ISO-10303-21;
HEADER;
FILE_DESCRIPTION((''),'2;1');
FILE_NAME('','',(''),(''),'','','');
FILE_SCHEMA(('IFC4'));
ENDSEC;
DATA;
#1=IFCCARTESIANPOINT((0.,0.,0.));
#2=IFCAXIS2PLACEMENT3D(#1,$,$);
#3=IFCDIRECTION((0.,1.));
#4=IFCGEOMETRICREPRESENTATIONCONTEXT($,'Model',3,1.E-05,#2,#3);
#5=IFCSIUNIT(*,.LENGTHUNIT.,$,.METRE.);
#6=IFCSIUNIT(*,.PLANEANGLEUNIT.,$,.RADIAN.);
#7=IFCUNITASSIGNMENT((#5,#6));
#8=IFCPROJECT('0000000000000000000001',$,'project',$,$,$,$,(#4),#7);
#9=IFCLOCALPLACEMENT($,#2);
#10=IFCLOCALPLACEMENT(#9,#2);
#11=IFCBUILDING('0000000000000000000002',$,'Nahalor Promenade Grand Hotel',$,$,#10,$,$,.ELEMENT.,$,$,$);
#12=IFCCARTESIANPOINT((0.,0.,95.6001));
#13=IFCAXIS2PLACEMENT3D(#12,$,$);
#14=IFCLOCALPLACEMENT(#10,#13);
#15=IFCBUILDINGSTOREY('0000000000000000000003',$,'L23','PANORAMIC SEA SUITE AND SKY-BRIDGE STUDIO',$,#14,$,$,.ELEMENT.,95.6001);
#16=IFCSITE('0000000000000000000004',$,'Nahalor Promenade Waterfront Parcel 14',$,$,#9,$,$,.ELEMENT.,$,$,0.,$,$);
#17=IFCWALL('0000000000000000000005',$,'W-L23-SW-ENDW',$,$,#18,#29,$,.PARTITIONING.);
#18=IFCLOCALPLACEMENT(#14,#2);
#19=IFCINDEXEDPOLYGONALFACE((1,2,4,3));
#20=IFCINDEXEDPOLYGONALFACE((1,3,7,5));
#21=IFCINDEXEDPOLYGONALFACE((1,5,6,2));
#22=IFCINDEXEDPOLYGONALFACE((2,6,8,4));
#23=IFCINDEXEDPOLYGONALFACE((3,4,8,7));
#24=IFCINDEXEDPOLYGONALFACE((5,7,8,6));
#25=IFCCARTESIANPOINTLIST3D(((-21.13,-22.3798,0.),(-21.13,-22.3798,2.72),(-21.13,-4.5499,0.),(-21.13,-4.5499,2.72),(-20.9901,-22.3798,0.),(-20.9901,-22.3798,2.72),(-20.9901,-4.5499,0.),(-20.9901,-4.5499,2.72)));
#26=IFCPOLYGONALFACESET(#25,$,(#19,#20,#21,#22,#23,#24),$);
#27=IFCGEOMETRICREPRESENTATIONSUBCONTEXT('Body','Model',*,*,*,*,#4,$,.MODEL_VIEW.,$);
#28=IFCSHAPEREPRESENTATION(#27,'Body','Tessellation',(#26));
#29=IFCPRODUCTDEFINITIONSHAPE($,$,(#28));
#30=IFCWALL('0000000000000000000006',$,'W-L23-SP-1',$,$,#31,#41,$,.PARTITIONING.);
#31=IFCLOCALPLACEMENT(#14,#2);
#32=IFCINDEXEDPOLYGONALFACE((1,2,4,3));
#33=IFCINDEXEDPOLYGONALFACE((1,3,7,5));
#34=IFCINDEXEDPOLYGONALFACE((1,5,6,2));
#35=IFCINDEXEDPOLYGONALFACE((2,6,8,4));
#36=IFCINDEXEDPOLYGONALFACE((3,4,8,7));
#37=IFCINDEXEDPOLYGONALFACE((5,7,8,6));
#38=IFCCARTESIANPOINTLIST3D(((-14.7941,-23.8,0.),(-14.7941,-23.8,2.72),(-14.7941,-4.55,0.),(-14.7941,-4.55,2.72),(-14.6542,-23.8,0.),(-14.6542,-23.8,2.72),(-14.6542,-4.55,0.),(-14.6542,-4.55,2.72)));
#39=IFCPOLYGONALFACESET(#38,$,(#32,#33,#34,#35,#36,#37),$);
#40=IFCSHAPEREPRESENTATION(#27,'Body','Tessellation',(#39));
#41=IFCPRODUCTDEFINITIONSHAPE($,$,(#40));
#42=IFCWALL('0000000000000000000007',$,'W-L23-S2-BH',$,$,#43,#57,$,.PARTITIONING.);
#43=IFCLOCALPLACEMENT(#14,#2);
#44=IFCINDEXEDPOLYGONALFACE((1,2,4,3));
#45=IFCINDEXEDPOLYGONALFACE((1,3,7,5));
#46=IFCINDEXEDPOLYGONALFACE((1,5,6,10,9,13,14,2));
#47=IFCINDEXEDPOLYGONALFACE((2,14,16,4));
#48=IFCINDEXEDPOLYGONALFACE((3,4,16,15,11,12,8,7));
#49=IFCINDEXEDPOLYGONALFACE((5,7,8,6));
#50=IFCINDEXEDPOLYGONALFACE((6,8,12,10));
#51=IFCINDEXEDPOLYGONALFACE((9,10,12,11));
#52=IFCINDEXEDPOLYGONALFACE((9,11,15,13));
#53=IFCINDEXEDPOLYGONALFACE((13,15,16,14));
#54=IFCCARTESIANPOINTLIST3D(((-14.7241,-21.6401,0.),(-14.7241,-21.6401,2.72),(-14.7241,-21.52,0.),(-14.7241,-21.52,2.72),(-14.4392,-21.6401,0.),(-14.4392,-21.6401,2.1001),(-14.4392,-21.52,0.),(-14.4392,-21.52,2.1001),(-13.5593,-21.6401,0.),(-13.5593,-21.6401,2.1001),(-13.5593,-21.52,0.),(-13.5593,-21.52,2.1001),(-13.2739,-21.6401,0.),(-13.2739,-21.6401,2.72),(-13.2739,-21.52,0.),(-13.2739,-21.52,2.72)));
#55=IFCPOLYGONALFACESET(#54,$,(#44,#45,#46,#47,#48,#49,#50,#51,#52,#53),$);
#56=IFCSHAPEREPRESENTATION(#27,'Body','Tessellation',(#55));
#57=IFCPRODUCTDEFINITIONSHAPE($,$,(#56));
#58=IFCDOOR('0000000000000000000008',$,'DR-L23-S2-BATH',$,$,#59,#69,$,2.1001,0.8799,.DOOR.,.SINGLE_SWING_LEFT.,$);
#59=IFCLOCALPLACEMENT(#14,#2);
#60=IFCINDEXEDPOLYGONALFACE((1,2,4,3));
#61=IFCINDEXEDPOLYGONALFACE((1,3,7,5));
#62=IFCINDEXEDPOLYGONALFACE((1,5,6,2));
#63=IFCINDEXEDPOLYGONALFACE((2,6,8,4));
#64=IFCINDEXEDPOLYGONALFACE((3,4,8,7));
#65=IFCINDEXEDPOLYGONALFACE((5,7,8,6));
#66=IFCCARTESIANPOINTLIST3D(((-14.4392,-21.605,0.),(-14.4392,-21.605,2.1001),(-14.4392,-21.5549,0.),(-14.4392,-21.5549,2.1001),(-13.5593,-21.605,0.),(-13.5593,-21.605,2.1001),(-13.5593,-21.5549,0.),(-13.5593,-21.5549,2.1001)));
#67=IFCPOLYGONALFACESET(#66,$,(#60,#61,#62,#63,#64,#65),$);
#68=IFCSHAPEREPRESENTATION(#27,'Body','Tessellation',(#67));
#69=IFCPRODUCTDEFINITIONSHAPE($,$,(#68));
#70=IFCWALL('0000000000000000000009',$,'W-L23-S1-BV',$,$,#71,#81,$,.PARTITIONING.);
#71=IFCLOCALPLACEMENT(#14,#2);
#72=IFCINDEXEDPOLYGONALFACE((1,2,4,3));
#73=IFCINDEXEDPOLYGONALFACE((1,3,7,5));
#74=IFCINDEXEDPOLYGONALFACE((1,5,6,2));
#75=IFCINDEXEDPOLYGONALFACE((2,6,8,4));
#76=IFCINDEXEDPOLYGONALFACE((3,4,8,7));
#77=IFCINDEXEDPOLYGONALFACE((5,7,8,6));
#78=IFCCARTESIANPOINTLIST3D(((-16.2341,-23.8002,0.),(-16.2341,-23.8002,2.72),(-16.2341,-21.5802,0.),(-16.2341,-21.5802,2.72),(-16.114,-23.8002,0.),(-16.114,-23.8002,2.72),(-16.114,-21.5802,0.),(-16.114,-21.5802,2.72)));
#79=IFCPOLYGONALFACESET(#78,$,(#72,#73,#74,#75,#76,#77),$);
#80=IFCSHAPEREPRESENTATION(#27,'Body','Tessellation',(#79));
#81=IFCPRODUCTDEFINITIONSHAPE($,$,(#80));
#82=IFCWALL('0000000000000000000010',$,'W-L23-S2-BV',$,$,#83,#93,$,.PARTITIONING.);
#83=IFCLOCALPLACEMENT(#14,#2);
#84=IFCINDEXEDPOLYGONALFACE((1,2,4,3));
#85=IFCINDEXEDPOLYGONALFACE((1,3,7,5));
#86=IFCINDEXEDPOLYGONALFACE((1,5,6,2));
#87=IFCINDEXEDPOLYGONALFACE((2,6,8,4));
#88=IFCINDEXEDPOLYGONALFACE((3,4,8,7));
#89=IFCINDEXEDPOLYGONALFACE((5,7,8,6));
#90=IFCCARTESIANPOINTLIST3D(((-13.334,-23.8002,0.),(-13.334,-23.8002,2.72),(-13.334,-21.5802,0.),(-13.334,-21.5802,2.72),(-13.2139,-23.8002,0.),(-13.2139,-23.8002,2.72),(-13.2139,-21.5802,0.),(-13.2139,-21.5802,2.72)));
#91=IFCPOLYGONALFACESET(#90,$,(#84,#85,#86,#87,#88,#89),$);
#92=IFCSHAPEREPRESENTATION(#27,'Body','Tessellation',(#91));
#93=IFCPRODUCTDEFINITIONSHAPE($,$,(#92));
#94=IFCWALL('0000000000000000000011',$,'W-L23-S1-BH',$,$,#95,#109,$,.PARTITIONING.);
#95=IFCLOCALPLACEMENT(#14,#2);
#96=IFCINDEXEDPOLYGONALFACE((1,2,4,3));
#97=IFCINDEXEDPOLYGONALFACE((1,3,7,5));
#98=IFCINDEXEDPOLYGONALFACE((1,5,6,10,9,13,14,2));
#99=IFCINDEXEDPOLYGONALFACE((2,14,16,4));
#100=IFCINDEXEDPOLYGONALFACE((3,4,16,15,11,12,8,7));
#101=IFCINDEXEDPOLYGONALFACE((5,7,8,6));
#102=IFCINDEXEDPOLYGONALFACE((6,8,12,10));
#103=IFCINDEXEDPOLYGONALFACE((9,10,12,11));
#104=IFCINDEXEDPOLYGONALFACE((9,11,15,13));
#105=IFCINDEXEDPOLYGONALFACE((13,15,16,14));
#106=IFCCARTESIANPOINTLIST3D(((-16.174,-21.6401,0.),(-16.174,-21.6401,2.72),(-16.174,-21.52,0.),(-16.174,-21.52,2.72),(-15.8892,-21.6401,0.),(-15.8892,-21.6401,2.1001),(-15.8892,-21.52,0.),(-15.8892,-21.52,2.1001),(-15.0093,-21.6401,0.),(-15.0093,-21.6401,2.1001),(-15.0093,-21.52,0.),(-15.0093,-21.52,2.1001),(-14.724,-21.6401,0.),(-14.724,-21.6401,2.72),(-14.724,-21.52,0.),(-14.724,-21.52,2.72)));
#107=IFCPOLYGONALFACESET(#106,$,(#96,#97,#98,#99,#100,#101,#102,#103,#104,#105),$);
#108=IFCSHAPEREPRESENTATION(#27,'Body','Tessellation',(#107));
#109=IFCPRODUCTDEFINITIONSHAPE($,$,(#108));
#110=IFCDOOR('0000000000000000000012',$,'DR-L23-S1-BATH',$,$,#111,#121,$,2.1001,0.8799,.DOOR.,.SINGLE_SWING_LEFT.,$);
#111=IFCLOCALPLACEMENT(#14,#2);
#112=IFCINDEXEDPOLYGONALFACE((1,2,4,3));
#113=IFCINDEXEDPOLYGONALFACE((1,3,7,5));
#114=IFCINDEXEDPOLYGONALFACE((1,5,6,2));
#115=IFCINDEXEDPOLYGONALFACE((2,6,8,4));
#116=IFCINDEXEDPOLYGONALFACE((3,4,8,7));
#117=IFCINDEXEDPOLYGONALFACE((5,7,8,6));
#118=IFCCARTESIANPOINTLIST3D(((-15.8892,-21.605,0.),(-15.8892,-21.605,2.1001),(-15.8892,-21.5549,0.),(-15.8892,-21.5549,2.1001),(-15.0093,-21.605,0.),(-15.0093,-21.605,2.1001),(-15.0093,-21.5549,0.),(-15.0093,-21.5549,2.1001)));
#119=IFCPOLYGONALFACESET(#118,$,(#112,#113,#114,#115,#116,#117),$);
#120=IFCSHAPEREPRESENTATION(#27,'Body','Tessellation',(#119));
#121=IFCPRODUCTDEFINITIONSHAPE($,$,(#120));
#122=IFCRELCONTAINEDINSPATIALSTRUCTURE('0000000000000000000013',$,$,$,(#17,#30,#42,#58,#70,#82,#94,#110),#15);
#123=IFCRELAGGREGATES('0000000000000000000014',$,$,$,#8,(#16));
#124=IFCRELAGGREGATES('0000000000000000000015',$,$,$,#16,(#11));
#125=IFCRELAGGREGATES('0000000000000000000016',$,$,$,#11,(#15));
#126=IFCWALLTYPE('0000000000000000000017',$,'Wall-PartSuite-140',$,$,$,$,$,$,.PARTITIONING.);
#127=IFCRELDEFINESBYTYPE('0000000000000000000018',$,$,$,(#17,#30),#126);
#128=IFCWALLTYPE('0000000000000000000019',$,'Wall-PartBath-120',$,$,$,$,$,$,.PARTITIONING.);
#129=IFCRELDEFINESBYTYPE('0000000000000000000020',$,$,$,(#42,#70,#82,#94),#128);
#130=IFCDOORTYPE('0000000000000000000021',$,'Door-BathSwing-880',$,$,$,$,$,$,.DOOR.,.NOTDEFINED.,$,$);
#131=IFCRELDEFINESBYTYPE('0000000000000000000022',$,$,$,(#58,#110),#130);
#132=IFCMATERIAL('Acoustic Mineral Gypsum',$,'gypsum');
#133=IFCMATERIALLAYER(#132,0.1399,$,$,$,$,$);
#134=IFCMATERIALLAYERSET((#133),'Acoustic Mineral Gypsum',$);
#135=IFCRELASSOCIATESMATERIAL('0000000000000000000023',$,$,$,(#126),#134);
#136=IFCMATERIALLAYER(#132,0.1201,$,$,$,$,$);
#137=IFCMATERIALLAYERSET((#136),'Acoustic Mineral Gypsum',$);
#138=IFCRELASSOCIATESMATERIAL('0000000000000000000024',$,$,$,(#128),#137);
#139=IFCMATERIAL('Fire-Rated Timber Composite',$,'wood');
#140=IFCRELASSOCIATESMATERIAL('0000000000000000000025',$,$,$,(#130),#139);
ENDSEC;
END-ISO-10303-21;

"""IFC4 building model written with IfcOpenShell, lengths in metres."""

from ifc_helpers import new_model, si_unit, direction, frame, frame_2d, origin, place, context, subcontext, project, spatial, rectangle, extrude, source, transform, mapped, material, layer, layer_set, type_object, element, fill, save


model = new_model("IFC4")

# Units and contexts
model_context = context("Model", 3, precision=1e-05, world=origin(), true_north=direction((0.0, 1.0)))
body_context = subcontext(model_context, "Body", "Model", "MODEL_VIEW")
ifc_project = project(units=[si_unit("LENGTHUNIT", "METRE"), si_unit("PLANEANGLEUNIT", "RADIAN")], contexts=[model_context])

# Site, building, storey
site_placement = place(None, origin())
site = spatial("IfcSite", under=ifc_project, at=site_placement, Name="Nahalor Promenade Waterfront Parcel 14", CompositionType="ELEMENT", RefElevation=0.0)
building_placement = place(site_placement, origin())
building = spatial("IfcBuilding", under=site, at=building_placement, Name="Nahalor Promenade Grand Hotel", CompositionType="ELEMENT")
storey_placement = place(building_placement, frame((0.0, 0.0, 95.6001)))
storey = spatial("IfcBuildingStorey", under=building, at=storey_placement, Name="L23", Description="PANORAMIC SEA SUITE AND SKY-BRIDGE STUDIO", CompositionType="ELEMENT", Elevation=95.6001)

# Walls
ifc_material_1 = material(Name="Acoustic Mineral Gypsum", Category="gypsum")
ifc_layer_1 = layer(ifc_material_1, 0.1399)
ifc_layer_set_1 = layer_set([ifc_layer_1], Name="Acoustic Mineral Gypsum")
wall_type_1 = type_object("IfcWallType", Name="Wall-PartSuite-140", PredefinedType="PARTITIONING", material=ifc_layer_set_1)
shared_shape_1 = source(origin(), body_context, "Body", "SweptSolid", [
    extrude(rectangle(XDim=17.8298, YDim=0.1399, at=frame_2d((8.915, 0.0))), origin(), (0.0, 0.0, 1.0), 2.72),
])
wall_1_placement = place(storey_placement, frame((-21.0601, -22.3799, 0.0), z_axis=(0.0, 0.0, 1.0), x_axis=(0.0, 1.0, 0.0)))
element("IfcWall", 1, at=wall_1_placement, inside=storey, type_object=wall_type_1, Name="W-L23-SW-ENDW", PredefinedType="PARTITIONING", context=body_context, shape_type="MappedRepresentation", body=[
    mapped(shared_shape_1, transform((0.0, 0.0, 0.0), scale=1.0)),
])
shared_shape_2 = source(origin(), body_context, "Body", "SweptSolid", [
    extrude(rectangle(XDim=19.25, YDim=0.1399, at=frame_2d((9.625, 0.0))), origin(), (0.0, 0.0, 1.0), 2.72),
])
wall_2_placement = place(storey_placement, frame((-14.7241, -23.8, 0.0), z_axis=(0.0, 0.0, 1.0), x_axis=(0.0, 1.0, 0.0)))
element("IfcWall", 2, at=wall_2_placement, inside=storey, type_object=wall_type_1, Name="W-L23-SP-1", PredefinedType="PARTITIONING", context=body_context, shape_type="MappedRepresentation", body=[
    mapped(shared_shape_2, transform((0.0, 0.0, 0.0), scale=1.0)),
])

# Wall, opening, door
ifc_layer_2 = layer(ifc_material_1, 0.1201)
ifc_layer_set_2 = layer_set([ifc_layer_2], Name="Acoustic Mineral Gypsum")
wall_type_2 = type_object("IfcWallType", Name="Wall-PartBath-120", PredefinedType="PARTITIONING", material=ifc_layer_set_2)
shared_shape_3 = source(origin(), body_context, "Body", "SweptSolid", [
    extrude(rectangle(XDim=1.4502, YDim=0.1201, at=frame_2d((0.7251, 0.0))), origin(), (0.0, 0.0, 1.0), 2.72),
])
wall_3_placement = place(storey_placement, frame((-14.7241, -21.5801, 0.0), z_axis=(0.0, 0.0, 1.0), x_axis=(1.0, 0.0, 0.0)))
wall_3 = element("IfcWall", 3, at=wall_3_placement, inside=storey, type_object=wall_type_2, Name="W-L23-S2-BH", PredefinedType="PARTITIONING", context=body_context, shape_type="MappedRepresentation", body=[
    mapped(shared_shape_3, transform((0.0, 0.0, 0.0), scale=1.0)),
])
opening_1_placement = place(wall_3_placement, frame((0.2849, 0.0, 0.0)))
opening_1 = element("IfcOpeningElement", 4, at=opening_1_placement, cuts=wall_3, PredefinedType="OPENING", context=body_context, shape_type="SweptSolid", body=[
    extrude(rectangle(XDim=0.8799, YDim=2.1001, at=frame_2d((0.4399, 1.05))), frame((0.0, 0.0701, 0.0), z_axis=(0.0, -1.0, 0.0), x_axis=(1.0, 0.0, 0.0)), (0.0, 0.0, 1.0), 0.1401),
])
ifc_material_2 = material(Name="Fire-Rated Timber Composite", Category="wood")
door_type = type_object("IfcDoorType", Name="Door-BathSwing-880", OperationType="NOTDEFINED", PredefinedType="DOOR", material=ifc_material_2)
shared_shape_4 = source(origin(), body_context, "Body", "SweptSolid", [
    extrude(rectangle(XDim=0.8799, YDim=2.1001, at=frame_2d((0.4399, 1.05))), frame((0.0, 0.0249, 0.0), z_axis=(0.0, -1.0, 0.0), x_axis=(1.0, 0.0, 0.0)), (0.0, 0.0, 1.0), 0.05),
])
door_1_placement = place(opening_1_placement, frame((0.8799, 0.0, 0.0), z_axis=(0.0, 0.0, 1.0), x_axis=(-1.0, 0.0, 0.0)))
door_1 = element("IfcDoor", 5, at=door_1_placement, inside=storey, type_object=door_type, Name="DR-L23-S2-BATH", OperationType="SINGLE_SWING_LEFT", OverallHeight=2.1001, OverallWidth=0.8799, PredefinedType="DOOR", context=body_context, shape_type="MappedRepresentation", body=[
    mapped(shared_shape_4, transform((0.0, 0.0, 0.0), scale=1.0)),
])
fill(opening_1, door_1)

# Walls
shared_shape_5 = source(origin(), body_context, "Body", "SweptSolid", [
    extrude(rectangle(XDim=2.22, YDim=0.1201, at=frame_2d((1.1099, 0.0))), origin(), (0.0, 0.0, 1.0), 2.72),
])
for number, where, z_axis, x_axis, name in (
    (6, (-16.1741, -23.8, 0.0), (0.0, 0.0, 1.0), (0.0, 1.0, 0.0), "W-L23-S1-BV"),
    (7, (-13.2739, -23.8, 0.0), (0.0, 0.0, 1.0), (0.0, 1.0, 0.0), "W-L23-S2-BV"),
):
    element("IfcWall", number, at=place(storey_placement, frame(where, z_axis=z_axis, x_axis=x_axis)), inside=storey, type_object=wall_type_2, Name=name, PredefinedType="PARTITIONING", context=body_context, shape_type="MappedRepresentation", body=[
        mapped(shared_shape_5, transform((0.0, 0.0, 0.0), scale=1.0)),
    ])

# Wall, opening, door
shared_shape_6 = source(origin(), body_context, "Body", "SweptSolid", [
    extrude(rectangle(XDim=1.45, YDim=0.1201, at=frame_2d((0.7251, 0.0))), origin(), (0.0, 0.0, 1.0), 2.72),
])
wall_4_placement = place(storey_placement, frame((-16.1741, -21.5801, 0.0), z_axis=(0.0, 0.0, 1.0), x_axis=(1.0, 0.0, 0.0)))
wall_4 = element("IfcWall", 8, at=wall_4_placement, inside=storey, type_object=wall_type_2, Name="W-L23-S1-BH", PredefinedType="PARTITIONING", context=body_context, shape_type="MappedRepresentation", body=[
    mapped(shared_shape_6, transform((0.0, 0.0, 0.0), scale=1.0)),
])
opening_2_placement = place(wall_4_placement, frame((0.2849, 0.0, 0.0)))
opening_2 = element("IfcOpeningElement", 9, at=opening_2_placement, cuts=wall_4, PredefinedType="OPENING", context=body_context, shape_type="SweptSolid", body=[
    extrude(rectangle(XDim=0.8799, YDim=2.1001, at=frame_2d((0.4399, 1.05))), frame((0.0, 0.0701, 0.0), z_axis=(0.0, -1.0, 0.0), x_axis=(1.0, 0.0, 0.0)), (0.0, 0.0, 1.0), 0.1401),
])
door_2_placement = place(opening_2_placement, frame((0.8799, 0.0, 0.0), z_axis=(0.0, 0.0, 1.0), x_axis=(-1.0, 0.0, 0.0)))
door_2 = element("IfcDoor", 10, at=door_2_placement, inside=storey, type_object=door_type, Name="DR-L23-S1-BATH", OperationType="SINGLE_SWING_LEFT", OverallHeight=2.1001, OverallWidth=0.8799, PredefinedType="DOOR", context=body_context, shape_type="MappedRepresentation", body=[
    mapped(shared_shape_4, transform((0.0, 0.0, 0.0), scale=1.0)),
])
fill(opening_2, door_2)

save(model, "model.ifc")
